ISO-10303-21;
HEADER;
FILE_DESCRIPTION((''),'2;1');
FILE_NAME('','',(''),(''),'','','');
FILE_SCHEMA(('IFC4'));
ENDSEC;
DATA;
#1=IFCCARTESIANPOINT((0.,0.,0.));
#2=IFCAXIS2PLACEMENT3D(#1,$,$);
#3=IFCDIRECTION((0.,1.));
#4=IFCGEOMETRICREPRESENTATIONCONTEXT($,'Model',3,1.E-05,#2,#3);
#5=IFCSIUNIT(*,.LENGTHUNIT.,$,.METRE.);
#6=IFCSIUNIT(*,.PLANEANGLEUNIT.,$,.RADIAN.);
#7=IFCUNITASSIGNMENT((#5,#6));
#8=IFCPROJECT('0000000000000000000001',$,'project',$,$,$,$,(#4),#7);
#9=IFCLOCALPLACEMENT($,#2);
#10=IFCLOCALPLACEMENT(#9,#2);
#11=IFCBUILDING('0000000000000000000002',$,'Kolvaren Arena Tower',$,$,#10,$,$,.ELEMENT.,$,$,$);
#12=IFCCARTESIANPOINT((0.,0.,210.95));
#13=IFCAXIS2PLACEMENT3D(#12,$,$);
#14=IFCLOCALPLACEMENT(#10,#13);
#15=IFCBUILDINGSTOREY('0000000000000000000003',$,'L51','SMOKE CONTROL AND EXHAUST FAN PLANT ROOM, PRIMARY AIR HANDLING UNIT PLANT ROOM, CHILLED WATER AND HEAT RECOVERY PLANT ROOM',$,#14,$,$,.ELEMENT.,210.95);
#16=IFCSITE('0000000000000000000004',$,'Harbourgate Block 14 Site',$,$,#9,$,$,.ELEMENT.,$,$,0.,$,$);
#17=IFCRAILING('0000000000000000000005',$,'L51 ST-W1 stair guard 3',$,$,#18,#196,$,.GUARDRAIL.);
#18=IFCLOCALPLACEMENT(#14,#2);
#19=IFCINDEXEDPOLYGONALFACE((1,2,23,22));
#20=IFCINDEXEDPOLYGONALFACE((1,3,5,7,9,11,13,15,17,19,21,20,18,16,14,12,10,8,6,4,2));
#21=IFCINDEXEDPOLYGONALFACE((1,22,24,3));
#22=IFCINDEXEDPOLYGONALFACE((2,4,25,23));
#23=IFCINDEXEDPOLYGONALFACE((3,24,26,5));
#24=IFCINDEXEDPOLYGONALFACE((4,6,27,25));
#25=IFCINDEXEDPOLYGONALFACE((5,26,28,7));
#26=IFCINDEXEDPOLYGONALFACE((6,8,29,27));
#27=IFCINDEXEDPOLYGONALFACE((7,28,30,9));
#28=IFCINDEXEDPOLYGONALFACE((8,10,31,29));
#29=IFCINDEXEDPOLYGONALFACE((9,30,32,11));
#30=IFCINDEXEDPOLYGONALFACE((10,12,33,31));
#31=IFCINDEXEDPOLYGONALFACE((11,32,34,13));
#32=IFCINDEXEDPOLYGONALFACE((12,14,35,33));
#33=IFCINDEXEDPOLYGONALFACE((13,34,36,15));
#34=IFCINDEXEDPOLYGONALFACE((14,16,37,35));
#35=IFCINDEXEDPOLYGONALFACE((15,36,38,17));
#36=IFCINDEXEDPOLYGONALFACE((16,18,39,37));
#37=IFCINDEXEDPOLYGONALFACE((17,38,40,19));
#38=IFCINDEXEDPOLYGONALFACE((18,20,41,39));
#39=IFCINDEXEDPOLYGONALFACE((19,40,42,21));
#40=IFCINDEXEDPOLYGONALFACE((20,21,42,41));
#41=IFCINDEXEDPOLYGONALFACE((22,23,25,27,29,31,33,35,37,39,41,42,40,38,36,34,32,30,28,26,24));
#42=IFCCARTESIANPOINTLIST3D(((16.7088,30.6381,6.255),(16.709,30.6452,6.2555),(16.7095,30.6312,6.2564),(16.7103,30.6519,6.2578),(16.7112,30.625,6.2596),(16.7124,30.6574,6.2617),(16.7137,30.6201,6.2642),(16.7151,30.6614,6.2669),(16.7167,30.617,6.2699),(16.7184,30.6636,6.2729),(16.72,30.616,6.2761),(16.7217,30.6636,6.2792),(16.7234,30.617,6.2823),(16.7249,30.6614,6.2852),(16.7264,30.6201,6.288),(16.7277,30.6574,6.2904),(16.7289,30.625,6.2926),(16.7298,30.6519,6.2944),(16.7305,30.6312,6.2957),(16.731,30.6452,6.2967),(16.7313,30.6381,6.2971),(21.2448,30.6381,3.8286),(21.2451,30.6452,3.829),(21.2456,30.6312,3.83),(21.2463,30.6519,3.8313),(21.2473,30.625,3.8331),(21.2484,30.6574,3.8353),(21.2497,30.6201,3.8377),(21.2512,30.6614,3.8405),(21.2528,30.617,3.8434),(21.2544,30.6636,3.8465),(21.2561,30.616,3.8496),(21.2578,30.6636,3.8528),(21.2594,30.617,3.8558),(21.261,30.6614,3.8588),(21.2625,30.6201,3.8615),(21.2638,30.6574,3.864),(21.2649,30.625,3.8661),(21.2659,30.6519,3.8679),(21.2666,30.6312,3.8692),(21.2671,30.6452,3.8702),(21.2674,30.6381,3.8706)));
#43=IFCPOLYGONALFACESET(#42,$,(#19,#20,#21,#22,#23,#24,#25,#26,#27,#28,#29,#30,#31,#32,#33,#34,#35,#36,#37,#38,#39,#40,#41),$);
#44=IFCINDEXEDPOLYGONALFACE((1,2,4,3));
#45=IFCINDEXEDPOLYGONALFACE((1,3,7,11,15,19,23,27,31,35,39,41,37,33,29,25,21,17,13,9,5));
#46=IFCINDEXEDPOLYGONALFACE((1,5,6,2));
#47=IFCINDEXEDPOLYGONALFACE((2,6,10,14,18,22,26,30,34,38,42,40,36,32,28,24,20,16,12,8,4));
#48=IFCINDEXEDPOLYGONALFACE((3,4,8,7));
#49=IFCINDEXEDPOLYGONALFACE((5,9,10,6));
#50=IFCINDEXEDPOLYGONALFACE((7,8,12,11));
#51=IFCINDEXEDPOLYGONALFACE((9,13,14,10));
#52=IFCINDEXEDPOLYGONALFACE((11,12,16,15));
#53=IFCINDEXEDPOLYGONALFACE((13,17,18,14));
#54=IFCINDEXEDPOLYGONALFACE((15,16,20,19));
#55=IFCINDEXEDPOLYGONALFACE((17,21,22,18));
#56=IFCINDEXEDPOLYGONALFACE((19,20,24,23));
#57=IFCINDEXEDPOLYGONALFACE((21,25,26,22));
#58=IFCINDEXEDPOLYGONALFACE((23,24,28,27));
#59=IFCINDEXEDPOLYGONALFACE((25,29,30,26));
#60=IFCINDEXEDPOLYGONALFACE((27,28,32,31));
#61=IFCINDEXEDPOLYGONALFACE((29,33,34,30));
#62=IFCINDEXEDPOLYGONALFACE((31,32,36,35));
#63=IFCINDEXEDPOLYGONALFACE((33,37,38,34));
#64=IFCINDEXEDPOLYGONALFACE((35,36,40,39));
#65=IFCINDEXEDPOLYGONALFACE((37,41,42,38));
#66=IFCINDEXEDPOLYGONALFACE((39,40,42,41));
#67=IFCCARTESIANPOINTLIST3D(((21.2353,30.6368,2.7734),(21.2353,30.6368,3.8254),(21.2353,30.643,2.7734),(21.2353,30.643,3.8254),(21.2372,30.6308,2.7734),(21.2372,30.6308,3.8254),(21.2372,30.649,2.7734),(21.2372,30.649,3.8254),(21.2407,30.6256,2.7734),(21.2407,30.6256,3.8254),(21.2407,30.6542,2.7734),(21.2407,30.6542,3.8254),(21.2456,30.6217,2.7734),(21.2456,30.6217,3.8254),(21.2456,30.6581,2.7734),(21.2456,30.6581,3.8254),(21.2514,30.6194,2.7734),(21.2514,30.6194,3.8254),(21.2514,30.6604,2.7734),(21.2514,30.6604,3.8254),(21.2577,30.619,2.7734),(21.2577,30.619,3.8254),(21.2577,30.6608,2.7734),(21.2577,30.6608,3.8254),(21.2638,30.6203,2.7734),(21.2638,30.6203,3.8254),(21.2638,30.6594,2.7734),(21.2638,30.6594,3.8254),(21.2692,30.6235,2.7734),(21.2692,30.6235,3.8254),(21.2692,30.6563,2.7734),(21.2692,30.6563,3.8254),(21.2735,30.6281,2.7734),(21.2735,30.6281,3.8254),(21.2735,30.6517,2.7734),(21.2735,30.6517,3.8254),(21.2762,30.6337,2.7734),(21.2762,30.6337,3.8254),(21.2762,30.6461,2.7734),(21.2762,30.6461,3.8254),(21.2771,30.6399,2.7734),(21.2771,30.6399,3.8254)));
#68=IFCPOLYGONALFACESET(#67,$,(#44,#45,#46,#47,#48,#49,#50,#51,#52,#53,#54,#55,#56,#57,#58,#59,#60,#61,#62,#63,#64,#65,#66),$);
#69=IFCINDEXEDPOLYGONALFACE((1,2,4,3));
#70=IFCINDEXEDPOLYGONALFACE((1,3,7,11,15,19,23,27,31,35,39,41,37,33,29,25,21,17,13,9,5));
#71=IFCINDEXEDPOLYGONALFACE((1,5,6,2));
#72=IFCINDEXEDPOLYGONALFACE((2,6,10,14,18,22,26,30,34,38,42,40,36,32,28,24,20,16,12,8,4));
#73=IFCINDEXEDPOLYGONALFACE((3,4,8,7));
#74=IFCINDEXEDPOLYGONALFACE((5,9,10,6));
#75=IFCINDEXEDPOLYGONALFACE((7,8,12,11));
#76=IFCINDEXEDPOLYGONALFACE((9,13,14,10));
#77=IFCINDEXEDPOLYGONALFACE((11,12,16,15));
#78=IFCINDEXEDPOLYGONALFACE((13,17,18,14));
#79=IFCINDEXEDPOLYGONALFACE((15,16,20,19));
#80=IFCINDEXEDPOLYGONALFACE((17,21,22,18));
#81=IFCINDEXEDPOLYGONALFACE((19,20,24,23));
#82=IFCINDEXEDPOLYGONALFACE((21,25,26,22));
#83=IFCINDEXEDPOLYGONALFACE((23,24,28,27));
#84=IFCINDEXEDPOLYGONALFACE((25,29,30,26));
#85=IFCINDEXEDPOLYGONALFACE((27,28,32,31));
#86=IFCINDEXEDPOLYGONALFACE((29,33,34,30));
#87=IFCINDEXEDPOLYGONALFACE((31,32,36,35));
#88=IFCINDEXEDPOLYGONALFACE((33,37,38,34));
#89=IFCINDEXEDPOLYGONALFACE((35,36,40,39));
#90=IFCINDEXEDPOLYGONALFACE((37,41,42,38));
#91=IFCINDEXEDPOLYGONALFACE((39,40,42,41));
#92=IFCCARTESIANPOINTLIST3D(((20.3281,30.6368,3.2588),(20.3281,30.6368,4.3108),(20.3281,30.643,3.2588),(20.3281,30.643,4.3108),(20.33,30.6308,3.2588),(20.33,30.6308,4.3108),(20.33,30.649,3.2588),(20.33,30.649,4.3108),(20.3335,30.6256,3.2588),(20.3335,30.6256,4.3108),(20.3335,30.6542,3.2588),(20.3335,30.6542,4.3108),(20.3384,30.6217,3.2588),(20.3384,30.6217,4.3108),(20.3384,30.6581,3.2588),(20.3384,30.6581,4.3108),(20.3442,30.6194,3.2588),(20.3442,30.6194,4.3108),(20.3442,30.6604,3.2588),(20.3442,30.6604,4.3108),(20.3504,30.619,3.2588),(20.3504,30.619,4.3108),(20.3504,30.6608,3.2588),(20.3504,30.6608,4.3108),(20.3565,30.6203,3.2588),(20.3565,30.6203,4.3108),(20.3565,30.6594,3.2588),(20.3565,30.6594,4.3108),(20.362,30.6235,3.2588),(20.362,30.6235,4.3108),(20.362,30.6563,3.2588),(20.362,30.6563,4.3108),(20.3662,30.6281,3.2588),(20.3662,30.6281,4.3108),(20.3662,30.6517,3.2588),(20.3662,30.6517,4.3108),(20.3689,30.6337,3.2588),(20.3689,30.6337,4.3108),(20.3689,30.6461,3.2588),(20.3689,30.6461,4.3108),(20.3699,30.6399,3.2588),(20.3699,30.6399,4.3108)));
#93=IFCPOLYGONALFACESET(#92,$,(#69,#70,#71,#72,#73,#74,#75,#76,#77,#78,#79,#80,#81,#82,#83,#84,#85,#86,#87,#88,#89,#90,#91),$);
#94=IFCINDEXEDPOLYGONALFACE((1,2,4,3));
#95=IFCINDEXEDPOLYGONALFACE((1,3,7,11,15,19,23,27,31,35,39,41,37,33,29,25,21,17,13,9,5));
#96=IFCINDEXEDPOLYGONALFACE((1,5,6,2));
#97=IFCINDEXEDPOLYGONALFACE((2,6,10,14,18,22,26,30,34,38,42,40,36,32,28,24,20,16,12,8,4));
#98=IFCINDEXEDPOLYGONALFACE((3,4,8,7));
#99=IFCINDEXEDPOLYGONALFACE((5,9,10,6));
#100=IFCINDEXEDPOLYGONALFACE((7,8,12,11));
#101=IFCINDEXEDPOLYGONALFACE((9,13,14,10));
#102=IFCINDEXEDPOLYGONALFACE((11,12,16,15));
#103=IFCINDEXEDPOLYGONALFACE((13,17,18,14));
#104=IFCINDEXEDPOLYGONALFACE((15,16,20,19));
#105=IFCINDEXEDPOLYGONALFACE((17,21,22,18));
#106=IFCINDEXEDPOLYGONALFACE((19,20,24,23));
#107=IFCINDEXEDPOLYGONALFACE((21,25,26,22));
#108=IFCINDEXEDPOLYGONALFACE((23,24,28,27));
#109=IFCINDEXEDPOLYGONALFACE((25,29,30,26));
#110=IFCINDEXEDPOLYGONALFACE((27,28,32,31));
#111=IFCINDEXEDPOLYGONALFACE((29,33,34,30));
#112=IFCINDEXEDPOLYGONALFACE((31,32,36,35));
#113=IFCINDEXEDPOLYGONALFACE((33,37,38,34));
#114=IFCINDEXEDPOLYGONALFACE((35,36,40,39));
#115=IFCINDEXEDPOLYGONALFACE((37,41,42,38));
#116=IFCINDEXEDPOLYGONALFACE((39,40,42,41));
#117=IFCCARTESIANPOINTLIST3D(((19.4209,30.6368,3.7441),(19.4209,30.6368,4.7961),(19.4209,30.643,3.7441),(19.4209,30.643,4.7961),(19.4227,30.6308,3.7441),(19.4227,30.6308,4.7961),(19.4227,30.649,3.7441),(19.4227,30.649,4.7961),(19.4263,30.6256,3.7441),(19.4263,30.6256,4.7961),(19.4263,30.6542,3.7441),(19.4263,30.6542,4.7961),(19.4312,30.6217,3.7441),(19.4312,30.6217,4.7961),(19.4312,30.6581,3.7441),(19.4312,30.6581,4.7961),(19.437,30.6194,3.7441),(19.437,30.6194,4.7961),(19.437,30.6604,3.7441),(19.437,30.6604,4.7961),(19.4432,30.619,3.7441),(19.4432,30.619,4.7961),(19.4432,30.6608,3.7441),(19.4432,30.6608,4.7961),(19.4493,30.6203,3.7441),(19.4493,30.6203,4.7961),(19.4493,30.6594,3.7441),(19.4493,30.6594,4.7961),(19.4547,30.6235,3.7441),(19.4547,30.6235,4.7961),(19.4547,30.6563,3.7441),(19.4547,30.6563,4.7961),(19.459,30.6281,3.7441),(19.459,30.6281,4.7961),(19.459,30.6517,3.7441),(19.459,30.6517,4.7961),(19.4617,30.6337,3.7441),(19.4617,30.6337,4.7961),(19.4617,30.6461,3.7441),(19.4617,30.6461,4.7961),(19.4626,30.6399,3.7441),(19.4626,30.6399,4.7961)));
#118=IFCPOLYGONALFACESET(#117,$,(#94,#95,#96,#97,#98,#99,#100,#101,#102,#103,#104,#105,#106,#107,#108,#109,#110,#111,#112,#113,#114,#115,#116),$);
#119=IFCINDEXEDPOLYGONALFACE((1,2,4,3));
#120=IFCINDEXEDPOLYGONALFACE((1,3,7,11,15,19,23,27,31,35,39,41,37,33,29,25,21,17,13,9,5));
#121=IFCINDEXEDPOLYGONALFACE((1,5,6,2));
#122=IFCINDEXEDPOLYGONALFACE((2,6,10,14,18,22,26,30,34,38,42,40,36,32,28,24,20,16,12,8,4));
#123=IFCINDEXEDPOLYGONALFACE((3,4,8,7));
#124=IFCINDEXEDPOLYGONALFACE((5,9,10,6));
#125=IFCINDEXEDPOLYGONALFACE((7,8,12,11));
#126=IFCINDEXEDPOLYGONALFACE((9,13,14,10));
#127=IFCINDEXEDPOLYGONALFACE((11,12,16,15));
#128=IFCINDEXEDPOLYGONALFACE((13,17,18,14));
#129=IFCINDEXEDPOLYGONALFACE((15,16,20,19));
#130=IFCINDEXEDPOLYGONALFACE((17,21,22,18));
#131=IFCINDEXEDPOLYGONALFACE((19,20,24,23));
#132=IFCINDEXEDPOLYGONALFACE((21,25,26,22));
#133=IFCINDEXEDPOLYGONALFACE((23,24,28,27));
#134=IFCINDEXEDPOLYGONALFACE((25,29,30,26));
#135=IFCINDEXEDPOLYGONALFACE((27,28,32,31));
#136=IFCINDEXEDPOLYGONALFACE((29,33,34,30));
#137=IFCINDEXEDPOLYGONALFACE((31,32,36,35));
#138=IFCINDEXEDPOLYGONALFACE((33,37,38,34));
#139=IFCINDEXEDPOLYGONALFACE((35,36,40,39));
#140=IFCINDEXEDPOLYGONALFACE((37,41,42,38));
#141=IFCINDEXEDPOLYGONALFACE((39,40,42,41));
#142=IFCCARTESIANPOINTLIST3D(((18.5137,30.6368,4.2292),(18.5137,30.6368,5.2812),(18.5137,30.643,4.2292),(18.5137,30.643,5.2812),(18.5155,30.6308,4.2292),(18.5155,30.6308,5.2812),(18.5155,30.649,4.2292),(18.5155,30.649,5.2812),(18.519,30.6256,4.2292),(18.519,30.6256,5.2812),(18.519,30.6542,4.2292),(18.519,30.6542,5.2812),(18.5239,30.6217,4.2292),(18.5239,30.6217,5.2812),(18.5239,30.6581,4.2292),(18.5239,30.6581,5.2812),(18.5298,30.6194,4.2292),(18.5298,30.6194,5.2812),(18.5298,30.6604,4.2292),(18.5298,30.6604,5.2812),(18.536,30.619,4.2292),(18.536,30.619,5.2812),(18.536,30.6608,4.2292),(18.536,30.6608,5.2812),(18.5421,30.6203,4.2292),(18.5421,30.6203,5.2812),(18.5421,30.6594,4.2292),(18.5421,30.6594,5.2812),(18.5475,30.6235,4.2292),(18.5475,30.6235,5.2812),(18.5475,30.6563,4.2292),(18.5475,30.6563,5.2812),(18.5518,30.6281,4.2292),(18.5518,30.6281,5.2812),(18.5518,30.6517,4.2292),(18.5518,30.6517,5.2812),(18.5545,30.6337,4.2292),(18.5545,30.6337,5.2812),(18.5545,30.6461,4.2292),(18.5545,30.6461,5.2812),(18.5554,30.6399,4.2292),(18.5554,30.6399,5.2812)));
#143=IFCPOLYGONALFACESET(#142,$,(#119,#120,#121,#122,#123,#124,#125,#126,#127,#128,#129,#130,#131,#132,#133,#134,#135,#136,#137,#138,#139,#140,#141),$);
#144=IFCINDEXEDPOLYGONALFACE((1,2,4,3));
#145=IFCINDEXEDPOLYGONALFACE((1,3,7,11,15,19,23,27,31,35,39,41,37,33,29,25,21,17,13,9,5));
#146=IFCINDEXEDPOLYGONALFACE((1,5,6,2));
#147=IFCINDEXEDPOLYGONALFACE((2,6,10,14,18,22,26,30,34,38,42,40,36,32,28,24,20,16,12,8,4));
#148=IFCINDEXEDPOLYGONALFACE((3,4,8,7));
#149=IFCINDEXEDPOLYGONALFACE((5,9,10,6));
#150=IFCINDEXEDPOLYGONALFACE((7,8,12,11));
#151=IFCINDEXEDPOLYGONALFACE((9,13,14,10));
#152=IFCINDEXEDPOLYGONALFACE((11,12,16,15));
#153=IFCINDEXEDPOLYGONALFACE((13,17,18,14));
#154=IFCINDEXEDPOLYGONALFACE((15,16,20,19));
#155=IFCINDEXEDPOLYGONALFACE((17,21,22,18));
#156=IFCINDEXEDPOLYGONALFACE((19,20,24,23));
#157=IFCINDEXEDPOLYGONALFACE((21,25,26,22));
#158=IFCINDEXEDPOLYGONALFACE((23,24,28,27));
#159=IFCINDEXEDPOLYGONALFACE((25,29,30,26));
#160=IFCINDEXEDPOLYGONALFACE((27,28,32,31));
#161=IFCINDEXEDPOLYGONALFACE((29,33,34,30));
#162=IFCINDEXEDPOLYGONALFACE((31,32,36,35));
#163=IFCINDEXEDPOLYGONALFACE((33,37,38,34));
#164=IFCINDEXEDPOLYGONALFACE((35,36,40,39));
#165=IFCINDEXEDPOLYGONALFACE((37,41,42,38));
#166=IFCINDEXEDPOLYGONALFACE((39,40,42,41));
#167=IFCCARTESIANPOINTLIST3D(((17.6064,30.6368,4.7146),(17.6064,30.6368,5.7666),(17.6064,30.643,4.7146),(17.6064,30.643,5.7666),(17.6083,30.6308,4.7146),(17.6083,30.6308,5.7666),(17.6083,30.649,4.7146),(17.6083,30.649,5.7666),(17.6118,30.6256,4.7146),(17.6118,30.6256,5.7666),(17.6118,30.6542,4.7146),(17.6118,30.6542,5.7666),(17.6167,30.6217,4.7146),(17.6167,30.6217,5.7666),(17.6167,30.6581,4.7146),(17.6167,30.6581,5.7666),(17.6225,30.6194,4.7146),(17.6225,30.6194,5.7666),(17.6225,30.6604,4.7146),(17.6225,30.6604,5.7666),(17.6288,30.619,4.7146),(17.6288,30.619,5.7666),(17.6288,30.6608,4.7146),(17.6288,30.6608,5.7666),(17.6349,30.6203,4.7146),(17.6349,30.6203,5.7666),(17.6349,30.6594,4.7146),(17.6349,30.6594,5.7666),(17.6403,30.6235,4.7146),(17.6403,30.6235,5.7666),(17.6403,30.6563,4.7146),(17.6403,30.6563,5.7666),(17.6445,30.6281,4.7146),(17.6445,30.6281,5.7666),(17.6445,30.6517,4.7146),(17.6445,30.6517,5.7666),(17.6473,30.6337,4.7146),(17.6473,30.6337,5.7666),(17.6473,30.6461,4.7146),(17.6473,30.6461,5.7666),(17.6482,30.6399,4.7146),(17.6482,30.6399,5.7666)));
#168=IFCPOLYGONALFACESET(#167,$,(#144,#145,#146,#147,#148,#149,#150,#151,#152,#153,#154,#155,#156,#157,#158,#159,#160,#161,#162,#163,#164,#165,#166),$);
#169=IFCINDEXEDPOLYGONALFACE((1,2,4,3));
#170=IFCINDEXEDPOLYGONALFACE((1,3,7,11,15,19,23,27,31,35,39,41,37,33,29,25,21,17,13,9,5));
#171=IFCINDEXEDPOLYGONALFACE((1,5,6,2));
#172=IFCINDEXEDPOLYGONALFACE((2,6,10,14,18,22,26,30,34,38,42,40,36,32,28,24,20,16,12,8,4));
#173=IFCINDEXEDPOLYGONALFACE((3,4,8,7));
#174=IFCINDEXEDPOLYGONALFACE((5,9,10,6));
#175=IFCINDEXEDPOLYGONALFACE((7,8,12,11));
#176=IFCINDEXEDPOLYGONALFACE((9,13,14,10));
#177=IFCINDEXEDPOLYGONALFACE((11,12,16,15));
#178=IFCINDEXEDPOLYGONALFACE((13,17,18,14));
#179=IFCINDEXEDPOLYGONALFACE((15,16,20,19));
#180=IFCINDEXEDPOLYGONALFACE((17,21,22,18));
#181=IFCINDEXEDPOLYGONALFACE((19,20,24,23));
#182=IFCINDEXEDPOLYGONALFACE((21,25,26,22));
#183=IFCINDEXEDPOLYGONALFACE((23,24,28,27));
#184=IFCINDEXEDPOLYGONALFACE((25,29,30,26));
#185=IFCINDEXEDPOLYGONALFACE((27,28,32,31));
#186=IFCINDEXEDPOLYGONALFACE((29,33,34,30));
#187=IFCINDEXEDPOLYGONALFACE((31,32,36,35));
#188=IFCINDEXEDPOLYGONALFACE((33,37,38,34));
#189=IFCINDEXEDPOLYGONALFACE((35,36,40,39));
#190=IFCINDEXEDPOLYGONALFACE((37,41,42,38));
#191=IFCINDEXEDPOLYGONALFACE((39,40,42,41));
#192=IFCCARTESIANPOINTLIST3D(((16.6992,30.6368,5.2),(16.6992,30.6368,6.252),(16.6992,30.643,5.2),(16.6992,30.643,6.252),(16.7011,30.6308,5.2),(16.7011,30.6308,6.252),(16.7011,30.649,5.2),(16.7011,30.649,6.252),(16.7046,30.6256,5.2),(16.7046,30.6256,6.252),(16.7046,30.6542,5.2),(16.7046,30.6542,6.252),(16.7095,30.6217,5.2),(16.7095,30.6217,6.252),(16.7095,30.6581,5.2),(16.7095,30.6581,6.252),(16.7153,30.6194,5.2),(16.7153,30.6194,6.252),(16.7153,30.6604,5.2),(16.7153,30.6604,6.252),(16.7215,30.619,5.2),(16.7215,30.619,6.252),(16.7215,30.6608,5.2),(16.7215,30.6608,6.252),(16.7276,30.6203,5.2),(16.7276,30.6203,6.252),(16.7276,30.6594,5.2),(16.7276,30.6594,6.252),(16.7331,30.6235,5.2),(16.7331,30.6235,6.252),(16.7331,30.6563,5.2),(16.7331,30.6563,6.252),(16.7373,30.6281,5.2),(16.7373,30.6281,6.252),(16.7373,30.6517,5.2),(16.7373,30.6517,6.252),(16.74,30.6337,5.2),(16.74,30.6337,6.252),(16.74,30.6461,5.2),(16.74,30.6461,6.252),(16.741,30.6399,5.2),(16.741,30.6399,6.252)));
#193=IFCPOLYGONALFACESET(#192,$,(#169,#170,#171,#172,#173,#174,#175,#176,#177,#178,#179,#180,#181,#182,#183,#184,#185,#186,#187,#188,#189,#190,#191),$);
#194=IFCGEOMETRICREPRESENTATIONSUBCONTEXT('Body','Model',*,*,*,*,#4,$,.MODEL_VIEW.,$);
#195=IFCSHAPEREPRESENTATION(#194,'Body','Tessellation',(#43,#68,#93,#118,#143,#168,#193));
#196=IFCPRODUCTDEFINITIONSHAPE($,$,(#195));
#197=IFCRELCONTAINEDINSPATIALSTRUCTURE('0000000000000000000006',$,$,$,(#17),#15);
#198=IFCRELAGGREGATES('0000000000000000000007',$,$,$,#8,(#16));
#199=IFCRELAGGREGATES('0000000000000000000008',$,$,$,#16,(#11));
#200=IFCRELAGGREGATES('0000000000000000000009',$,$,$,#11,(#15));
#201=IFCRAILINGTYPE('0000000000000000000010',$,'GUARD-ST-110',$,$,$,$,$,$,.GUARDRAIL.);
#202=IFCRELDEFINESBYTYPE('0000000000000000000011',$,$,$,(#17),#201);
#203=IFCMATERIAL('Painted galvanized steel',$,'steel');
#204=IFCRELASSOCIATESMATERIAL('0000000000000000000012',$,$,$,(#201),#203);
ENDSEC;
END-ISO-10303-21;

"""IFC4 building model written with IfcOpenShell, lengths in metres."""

from ifc_helpers import new_model, si_unit, direction, frame, origin, origin_2d, place, context, subcontext, project, spatial, circle, extrude, material, type_object, element, save


model = new_model("IFC4")

# Units and contexts
model_context = context("Model", 3, precision=1e-05, world=origin(), true_north=direction((0.0, 1.0)))
body_context = subcontext(model_context, "Body", "Model", "MODEL_VIEW")
ifc_project = project(units=[si_unit("LENGTHUNIT", "METRE"), si_unit("PLANEANGLEUNIT", "RADIAN")], contexts=[model_context])

# Site, building, storey
site_placement = place(None, origin())
site = spatial("IfcSite", under=ifc_project, at=site_placement, Name="Harbourgate Block 14 Site", CompositionType="ELEMENT", RefElevation=0.0)
building_placement = place(site_placement, origin())
building = spatial("IfcBuilding", under=site, at=building_placement, Name="Kolvaren Arena Tower", CompositionType="ELEMENT")
storey_placement = place(building_placement, frame((0.0, 0.0, 210.95)))
storey = spatial("IfcBuildingStorey", under=building, at=storey_placement, Name="L51", Description="SMOKE CONTROL AND EXHAUST FAN PLANT ROOM, PRIMARY AIR HANDLING UNIT PLANT ROOM, CHILLED WATER AND HEAT RECOVERY PLANT ROOM", CompositionType="ELEMENT", Elevation=210.95)

# Railing
ifc_material_1 = material(Name="Painted galvanized steel", Category="steel")
railing_type_1 = type_object("IfcRailingType", Name="GUARD-ST-110", PredefinedType="GUARDRAIL", material=ifc_material_1)
railing_1_placement = place(storey_placement, frame((21.2561, 30.6399, 2.7734)))
element("IfcRailing", 1, at=railing_1_placement, inside=storey, type_object=railing_type_1, Name="L51 ST-W1 stair guard 3", PredefinedType="GUARDRAIL", context=body_context, shape_type="SweptSolid", body=[
    extrude(circle(Radius=0.0239, at=origin_2d()), frame((0.0, 0.0, 1.0762), z_axis=(-0.881768, 0.0, 0.471684), x_axis=(0.0, -1.0, 0.0)), (0.0, 0.0, 1.0), 5.1443),
    extrude(circle(Radius=0.021, at=origin_2d()), origin(), (0.0, 0.0, 1.0), 1.052),
    extrude(circle(Radius=0.021, at=origin_2d()), frame((-0.9072, 0.0, 0.4854)), (0.0, 0.0, 1.0), 1.052),
    extrude(circle(Radius=0.021, at=origin_2d()), frame((-1.8145, 0.0, 0.9707)), (0.0, 0.0, 1.0), 1.052),
    extrude(circle(Radius=0.021, at=origin_2d()), frame((-2.7217, 0.0, 1.4558)), (0.0, 0.0, 1.0), 1.052),
    extrude(circle(Radius=0.021, at=origin_2d()), frame((-3.6289, 0.0, 1.9412)), (0.0, 0.0, 1.0), 1.052),
    extrude(circle(Radius=0.021, at=origin_2d()), frame((-4.5361, 0.0, 2.4265)), (0.0, 0.0, 1.0), 1.052),
])

save(model, "model.ifc")
